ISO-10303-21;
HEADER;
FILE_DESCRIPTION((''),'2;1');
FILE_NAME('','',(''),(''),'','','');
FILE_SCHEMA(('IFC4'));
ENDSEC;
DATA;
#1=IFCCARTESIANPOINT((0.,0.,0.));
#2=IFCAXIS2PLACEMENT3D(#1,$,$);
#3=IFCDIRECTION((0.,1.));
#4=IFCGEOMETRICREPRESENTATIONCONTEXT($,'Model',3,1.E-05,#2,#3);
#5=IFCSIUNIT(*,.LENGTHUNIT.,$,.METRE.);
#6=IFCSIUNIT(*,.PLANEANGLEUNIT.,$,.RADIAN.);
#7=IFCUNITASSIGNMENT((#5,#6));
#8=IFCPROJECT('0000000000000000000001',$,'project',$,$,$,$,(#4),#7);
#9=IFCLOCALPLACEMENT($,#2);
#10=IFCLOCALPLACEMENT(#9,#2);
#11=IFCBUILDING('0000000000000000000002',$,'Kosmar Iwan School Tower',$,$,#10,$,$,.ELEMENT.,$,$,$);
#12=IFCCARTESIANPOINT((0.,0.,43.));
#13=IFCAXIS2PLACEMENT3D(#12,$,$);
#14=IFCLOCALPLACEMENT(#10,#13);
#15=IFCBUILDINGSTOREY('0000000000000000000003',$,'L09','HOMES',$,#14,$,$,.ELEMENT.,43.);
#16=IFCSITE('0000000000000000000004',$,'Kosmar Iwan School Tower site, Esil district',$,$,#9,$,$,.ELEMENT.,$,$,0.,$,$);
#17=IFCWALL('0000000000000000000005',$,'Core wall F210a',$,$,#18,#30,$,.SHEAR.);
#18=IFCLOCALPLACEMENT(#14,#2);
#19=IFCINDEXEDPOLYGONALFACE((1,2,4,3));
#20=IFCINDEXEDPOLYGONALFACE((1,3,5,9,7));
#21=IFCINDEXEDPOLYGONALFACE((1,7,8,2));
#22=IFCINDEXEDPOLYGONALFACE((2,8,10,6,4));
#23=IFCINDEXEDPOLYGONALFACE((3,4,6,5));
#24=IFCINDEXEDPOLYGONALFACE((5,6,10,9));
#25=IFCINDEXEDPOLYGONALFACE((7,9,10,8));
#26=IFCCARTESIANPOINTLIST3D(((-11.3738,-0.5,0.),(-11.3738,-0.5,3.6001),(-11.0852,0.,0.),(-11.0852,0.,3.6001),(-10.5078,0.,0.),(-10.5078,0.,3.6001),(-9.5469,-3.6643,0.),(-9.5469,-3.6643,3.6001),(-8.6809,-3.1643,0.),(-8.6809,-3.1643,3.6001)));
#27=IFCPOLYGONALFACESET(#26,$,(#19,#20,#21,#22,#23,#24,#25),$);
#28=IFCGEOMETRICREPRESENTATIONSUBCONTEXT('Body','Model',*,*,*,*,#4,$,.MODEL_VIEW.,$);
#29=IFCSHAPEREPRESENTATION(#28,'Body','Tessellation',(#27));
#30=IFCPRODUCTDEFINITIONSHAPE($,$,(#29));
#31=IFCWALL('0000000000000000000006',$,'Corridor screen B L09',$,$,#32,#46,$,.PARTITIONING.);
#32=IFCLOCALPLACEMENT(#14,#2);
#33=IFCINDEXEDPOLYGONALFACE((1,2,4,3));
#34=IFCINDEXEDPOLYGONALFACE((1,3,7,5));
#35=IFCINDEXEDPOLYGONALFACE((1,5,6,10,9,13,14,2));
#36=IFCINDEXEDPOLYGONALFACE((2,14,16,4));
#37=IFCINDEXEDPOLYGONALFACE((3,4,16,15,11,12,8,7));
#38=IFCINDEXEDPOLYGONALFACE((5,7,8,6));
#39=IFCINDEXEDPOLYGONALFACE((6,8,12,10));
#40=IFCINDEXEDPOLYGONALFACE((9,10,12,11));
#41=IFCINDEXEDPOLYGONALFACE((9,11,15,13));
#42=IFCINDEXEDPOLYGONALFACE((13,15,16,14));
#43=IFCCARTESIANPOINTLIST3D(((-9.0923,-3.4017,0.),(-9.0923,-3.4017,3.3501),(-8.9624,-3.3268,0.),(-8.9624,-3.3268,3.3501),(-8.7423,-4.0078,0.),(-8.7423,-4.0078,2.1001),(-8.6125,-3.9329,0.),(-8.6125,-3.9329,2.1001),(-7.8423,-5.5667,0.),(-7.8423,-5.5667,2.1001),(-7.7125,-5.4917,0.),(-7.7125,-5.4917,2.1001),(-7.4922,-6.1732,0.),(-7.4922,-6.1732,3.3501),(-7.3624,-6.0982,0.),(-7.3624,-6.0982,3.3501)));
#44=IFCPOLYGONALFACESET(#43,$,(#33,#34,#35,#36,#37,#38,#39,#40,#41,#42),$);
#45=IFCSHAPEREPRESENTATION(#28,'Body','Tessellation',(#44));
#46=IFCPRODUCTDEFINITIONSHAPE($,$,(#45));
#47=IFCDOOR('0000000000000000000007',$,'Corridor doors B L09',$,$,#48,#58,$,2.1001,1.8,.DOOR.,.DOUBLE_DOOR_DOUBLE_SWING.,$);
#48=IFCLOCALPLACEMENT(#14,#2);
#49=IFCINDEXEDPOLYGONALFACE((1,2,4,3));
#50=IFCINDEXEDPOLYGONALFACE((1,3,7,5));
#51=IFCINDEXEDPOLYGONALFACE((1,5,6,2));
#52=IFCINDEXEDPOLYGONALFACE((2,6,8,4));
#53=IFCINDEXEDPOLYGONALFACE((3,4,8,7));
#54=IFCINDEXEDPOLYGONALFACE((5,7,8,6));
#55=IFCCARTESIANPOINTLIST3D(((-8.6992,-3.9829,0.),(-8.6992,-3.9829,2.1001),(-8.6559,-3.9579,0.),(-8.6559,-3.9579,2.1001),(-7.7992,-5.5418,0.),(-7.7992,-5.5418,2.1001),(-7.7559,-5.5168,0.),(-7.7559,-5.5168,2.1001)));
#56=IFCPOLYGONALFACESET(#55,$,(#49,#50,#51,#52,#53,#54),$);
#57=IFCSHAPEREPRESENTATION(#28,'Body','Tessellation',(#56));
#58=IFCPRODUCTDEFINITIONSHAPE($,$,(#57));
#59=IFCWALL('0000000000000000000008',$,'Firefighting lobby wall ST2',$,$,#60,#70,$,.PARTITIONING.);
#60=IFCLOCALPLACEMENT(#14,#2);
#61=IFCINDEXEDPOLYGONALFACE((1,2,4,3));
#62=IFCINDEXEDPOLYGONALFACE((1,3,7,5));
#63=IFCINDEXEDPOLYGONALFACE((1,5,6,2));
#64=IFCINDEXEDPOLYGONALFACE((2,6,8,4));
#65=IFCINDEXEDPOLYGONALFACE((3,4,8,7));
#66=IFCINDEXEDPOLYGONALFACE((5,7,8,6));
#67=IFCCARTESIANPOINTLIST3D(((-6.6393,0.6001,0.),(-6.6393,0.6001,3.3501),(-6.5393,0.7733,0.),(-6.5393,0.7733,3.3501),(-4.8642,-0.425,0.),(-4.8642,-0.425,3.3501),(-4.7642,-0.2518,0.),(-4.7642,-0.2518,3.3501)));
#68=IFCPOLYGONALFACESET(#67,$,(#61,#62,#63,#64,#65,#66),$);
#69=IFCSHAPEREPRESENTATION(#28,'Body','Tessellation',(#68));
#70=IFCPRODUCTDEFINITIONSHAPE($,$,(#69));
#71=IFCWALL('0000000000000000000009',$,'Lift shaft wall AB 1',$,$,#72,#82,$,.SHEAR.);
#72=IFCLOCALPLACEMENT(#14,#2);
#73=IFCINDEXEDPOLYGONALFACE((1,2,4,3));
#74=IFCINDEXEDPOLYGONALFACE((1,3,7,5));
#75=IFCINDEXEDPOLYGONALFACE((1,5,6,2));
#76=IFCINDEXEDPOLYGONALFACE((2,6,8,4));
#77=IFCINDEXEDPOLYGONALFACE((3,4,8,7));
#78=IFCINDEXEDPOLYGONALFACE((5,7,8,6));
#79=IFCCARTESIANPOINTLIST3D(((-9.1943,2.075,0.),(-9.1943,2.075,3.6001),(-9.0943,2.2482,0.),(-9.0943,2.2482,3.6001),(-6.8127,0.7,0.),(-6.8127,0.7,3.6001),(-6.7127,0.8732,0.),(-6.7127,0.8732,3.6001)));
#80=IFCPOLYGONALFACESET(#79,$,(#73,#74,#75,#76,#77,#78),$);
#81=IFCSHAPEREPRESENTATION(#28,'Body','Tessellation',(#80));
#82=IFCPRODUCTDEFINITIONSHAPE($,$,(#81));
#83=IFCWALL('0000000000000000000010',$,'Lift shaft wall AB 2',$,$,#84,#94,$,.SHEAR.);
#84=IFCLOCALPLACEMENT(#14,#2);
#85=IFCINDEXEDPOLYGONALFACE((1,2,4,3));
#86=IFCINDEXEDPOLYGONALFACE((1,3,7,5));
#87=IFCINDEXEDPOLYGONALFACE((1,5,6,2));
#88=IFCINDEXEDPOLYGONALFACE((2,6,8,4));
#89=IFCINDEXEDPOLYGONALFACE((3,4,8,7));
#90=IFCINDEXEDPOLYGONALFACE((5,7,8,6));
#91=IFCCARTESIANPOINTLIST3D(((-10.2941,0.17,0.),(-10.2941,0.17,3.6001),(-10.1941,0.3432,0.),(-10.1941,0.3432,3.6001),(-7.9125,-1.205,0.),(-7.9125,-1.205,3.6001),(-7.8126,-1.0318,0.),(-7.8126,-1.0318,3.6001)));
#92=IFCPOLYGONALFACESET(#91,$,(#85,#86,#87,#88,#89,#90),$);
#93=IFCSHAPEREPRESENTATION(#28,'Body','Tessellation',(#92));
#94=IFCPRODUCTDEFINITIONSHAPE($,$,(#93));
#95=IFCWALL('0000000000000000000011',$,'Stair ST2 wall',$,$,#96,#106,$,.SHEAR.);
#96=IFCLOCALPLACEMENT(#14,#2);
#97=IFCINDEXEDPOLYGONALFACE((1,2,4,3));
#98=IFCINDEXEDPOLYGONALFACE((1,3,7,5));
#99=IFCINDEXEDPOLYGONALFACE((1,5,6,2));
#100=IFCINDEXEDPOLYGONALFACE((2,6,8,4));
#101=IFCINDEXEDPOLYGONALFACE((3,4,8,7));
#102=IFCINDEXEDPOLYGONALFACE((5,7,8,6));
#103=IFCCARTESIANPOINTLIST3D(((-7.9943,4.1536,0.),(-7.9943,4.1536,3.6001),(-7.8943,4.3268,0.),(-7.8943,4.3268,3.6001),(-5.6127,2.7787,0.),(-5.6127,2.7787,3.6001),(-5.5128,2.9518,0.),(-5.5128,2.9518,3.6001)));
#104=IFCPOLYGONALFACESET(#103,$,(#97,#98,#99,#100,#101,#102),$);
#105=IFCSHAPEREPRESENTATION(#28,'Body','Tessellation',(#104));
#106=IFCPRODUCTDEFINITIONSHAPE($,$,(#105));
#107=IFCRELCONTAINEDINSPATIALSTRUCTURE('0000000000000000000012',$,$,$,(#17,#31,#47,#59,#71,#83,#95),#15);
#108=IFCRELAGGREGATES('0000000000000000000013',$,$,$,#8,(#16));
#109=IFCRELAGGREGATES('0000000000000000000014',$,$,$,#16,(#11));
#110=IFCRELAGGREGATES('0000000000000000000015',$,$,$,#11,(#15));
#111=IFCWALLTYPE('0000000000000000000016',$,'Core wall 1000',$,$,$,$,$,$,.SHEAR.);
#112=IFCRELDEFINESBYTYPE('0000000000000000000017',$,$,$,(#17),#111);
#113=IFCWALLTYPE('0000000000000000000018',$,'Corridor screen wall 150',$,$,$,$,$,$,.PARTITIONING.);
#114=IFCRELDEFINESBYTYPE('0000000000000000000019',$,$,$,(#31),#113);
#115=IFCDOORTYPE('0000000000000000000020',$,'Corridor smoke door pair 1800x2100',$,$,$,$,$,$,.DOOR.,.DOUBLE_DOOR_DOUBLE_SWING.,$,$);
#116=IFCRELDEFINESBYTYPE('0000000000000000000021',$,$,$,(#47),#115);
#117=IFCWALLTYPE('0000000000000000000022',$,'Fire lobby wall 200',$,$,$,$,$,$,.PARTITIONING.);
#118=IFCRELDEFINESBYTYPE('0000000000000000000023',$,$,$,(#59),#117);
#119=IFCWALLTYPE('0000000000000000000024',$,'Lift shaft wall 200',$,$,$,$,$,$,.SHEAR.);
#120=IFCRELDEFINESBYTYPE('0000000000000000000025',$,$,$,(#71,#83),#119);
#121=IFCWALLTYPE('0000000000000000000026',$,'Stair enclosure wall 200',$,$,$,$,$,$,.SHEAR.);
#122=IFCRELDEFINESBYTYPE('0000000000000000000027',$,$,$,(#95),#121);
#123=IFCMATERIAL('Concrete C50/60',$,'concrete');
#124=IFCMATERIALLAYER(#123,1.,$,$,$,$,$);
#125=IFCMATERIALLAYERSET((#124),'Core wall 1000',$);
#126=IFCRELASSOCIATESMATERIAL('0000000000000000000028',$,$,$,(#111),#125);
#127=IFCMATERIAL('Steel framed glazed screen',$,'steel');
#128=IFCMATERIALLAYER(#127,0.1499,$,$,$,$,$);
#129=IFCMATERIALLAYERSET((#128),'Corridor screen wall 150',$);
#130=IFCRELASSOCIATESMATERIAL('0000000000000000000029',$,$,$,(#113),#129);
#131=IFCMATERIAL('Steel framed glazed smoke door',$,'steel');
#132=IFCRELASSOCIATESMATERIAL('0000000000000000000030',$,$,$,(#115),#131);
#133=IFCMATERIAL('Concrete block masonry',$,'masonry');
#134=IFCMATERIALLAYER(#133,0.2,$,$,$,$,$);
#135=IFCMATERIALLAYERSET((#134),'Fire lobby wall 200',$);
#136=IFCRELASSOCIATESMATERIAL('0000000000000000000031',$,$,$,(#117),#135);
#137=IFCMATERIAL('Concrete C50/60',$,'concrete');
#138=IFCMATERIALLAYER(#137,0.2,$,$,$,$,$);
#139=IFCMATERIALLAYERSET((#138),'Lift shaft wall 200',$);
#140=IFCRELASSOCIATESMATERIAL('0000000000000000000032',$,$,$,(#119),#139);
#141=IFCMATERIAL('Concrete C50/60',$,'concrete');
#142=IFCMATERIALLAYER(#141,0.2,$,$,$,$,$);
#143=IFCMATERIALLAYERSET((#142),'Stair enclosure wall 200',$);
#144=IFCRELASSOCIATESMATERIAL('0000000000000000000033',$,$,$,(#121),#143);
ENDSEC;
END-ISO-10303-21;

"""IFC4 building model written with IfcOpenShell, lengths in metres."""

from ifc_helpers import new_model, si_unit, direction, frame, frame_2d, origin, place, context, subcontext, project, spatial, polyline, rectangle, outline, extrude, material, layer, layer_set, type_object, element, fill, save


model = new_model("IFC4")

# Units and contexts
model_context = context("Model", 3, precision=1e-05, world=origin(), true_north=direction((0.0, 1.0)))
body_context = subcontext(model_context, "Body", "Model", "MODEL_VIEW")
ifc_project = project(units=[si_unit("LENGTHUNIT", "METRE"), si_unit("PLANEANGLEUNIT", "RADIAN")], contexts=[model_context])

# Site, building, storey
site_placement = place(None, origin())
site = spatial("IfcSite", under=ifc_project, at=site_placement, Name="Kosmar Iwan School Tower site, Esil district", CompositionType="ELEMENT", RefElevation=0.0)
building_placement = place(site_placement, origin())
building = spatial("IfcBuilding", under=site, at=building_placement, Name="Kosmar Iwan School Tower", CompositionType="ELEMENT")
storey_placement = place(building_placement, frame((0.0, 0.0, 43.0)))
storey = spatial("IfcBuildingStorey", under=building, at=storey_placement, Name="L09", Description="HOMES", CompositionType="ELEMENT", Elevation=43.0)

# Wall
ifc_material_1 = material(Name="Concrete C50/60", Category="concrete")
ifc_layer_1 = layer(ifc_material_1, 1.0)
ifc_layer_set_1 = layer_set([ifc_layer_1], Name="Core wall 1000")
wall_type_1 = type_object("IfcWallType", Name="Core wall 1000", PredefinedType="SHEAR", material=ifc_layer_set_1)
wall_1_placement = place(storey_placement, origin())
element("IfcWall", 1, at=wall_1_placement, inside=storey, type_object=wall_type_1, Name="Core wall F210a", PredefinedType="SHEAR", context=body_context, shape_type="SweptSolid", body=[
    extrude(outline(polyline([(-9.5469, -3.6643), (-8.6809, -3.1643), (-10.5078, 0.0), (-11.0852, 0.0), (-11.3738, -0.5), (-9.5469, -3.6643)])), origin(), (0.0, 0.0, 1.0), 3.6001),
])

# Wall, opening, door
ifc_material_2 = material(Name="Steel framed glazed screen", Category="steel")
ifc_layer_2 = layer(ifc_material_2, 0.1499)
ifc_layer_set_2 = layer_set([ifc_layer_2], Name="Corridor screen wall 150")
wall_type_2 = type_object("IfcWallType", Name="Corridor screen wall 150", PredefinedType="PARTITIONING", material=ifc_layer_set_2)
wall_2_placement = place(storey_placement, frame((-9.0273, -3.3643, 0.0), z_axis=(0.0, 0.0, 1.0), x_axis=(0.499995, -0.866028, 0.0)))
wall_2 = element("IfcWall", 2, at=wall_2_placement, inside=storey, type_object=wall_type_2, Name="Corridor screen B L09", PredefinedType="PARTITIONING", context=body_context, shape_type="SweptSolid", body=[
    extrude(rectangle(XDim=3.2002, YDim=0.1499, at=frame_2d((1.6001, 0.0))), origin(), (0.0, 0.0, 1.0), 3.3501),
])
opening_placement = place(wall_2_placement, frame((0.7, 0.0, 0.0)))
opening = element("IfcOpeningElement", 3, at=opening_placement, cuts=wall_2, PredefinedType="OPENING", context=body_context, shape_type="SweptSolid", body=[
    extrude(rectangle(XDim=1.8, YDim=2.1001, at=frame_2d((0.8999, 1.05))), frame((0.0, 0.0869, 0.0), z_axis=(0.0, -1.0, 0.0), x_axis=(1.0, 0.0, 0.0)), (0.0, 0.0, 1.0), 0.1738),
])
ifc_material_3 = material(Name="Steel framed glazed smoke door", Category="steel")
door_type = type_object("IfcDoorType", Name="Corridor smoke door pair 1800x2100", OperationType="DOUBLE_DOOR_DOUBLE_SWING", PredefinedType="DOOR", material=ifc_material_3)
door_placement = place(opening_placement, origin())
door = element("IfcDoor", 4, at=door_placement, inside=storey, type_object=door_type, Name="Corridor doors B L09", OperationType="DOUBLE_DOOR_DOUBLE_SWING", OverallHeight=2.1001, OverallWidth=1.8, PredefinedType="DOOR", context=body_context, shape_type="SweptSolid", body=[
    extrude(rectangle(XDim=1.8, YDim=2.1001, at=frame_2d((0.8999, 1.05))), frame((0.0, 0.0249, 0.0), z_axis=(0.0, -1.0, 0.0), x_axis=(1.0, 0.0, 0.0)), (0.0, 0.0, 1.0), 0.05),
])
fill(opening, door)

# Walls
ifc_material_4 = material(Name="Concrete block masonry", Category="masonry")
ifc_layer_3 = layer(ifc_material_4, 0.2)
ifc_layer_set_3 = layer_set([ifc_layer_3], Name="Fire lobby wall 200")
wall_type_3 = type_object("IfcWallType", Name="Fire lobby wall 200", PredefinedType="PARTITIONING", material=ifc_layer_set_3)
wall_3_placement = place(storey_placement, frame((-4.8142, -0.3384, 0.0), z_axis=(0.0, 0.0, 1.0), x_axis=(-0.865969, 0.500097, 0.0)))
element("IfcWall", 5, at=wall_3_placement, inside=storey, type_object=wall_type_3, Name="Firefighting lobby wall ST2", PredefinedType="PARTITIONING", context=body_context, shape_type="SweptSolid", body=[
    extrude(rectangle(XDim=2.0498, YDim=0.2, at=frame_2d((1.0249, 0.0))), origin(), (0.0, 0.0, 1.0), 3.3501),
])
ifc_material_5 = material(Name="Concrete C50/60", Category="concrete")
ifc_layer_4 = layer(ifc_material_5, 0.2)
ifc_layer_set_4 = layer_set([ifc_layer_4], Name="Lift shaft wall 200")
wall_type_4 = type_object("IfcWallType", Name="Lift shaft wall 200", PredefinedType="SHEAR", material=ifc_layer_set_4)
for number, where, z_axis, x_axis, name in (
    (6, (-6.7627, 0.7866, 0.0), (0.0, 0.0, 1.0), (-0.866027, 0.499997, 0.0), "Lift shaft wall AB 1"),
    (7, (-7.8625, -1.1184, 0.0), (0.0, 0.0, 1.0), (-0.866027, 0.499997, 0.0), "Lift shaft wall AB 2"),
):
    element("IfcWall", number, at=place(storey_placement, frame(where, z_axis=z_axis, x_axis=x_axis)), inside=storey, type_object=wall_type_4, Name=name, PredefinedType="SHEAR", context=body_context, shape_type="SweptSolid", body=[
        extrude(rectangle(XDim=2.75, YDim=0.2, at=frame_2d((1.375, 0.0))), origin(), (0.0, 0.0, 1.0), 3.6001),
    ])
ifc_material_6 = material(Name="Concrete C50/60", Category="concrete")
ifc_layer_5 = layer(ifc_material_6, 0.2)
ifc_layer_set_5 = layer_set([ifc_layer_5], Name="Stair enclosure wall 200")
wall_type_5 = type_object("IfcWallType", Name="Stair enclosure wall 200", PredefinedType="SHEAR", material=ifc_layer_set_5)
wall_4_placement = place(storey_placement, frame((-5.5627, 2.8652, 0.0), z_axis=(0.0, 0.0, 1.0), x_axis=(-0.866027, 0.499997, 0.0)))
element("IfcWall", 8, at=wall_4_placement, inside=storey, type_object=wall_type_5, Name="Stair ST2 wall", PredefinedType="SHEAR", context=body_context, shape_type="SweptSolid", body=[
    extrude(rectangle(XDim=2.75, YDim=0.2, at=frame_2d((1.375, 0.0))), origin(), (0.0, 0.0, 1.0), 3.6001),
])

save(model, "model.ifc")
